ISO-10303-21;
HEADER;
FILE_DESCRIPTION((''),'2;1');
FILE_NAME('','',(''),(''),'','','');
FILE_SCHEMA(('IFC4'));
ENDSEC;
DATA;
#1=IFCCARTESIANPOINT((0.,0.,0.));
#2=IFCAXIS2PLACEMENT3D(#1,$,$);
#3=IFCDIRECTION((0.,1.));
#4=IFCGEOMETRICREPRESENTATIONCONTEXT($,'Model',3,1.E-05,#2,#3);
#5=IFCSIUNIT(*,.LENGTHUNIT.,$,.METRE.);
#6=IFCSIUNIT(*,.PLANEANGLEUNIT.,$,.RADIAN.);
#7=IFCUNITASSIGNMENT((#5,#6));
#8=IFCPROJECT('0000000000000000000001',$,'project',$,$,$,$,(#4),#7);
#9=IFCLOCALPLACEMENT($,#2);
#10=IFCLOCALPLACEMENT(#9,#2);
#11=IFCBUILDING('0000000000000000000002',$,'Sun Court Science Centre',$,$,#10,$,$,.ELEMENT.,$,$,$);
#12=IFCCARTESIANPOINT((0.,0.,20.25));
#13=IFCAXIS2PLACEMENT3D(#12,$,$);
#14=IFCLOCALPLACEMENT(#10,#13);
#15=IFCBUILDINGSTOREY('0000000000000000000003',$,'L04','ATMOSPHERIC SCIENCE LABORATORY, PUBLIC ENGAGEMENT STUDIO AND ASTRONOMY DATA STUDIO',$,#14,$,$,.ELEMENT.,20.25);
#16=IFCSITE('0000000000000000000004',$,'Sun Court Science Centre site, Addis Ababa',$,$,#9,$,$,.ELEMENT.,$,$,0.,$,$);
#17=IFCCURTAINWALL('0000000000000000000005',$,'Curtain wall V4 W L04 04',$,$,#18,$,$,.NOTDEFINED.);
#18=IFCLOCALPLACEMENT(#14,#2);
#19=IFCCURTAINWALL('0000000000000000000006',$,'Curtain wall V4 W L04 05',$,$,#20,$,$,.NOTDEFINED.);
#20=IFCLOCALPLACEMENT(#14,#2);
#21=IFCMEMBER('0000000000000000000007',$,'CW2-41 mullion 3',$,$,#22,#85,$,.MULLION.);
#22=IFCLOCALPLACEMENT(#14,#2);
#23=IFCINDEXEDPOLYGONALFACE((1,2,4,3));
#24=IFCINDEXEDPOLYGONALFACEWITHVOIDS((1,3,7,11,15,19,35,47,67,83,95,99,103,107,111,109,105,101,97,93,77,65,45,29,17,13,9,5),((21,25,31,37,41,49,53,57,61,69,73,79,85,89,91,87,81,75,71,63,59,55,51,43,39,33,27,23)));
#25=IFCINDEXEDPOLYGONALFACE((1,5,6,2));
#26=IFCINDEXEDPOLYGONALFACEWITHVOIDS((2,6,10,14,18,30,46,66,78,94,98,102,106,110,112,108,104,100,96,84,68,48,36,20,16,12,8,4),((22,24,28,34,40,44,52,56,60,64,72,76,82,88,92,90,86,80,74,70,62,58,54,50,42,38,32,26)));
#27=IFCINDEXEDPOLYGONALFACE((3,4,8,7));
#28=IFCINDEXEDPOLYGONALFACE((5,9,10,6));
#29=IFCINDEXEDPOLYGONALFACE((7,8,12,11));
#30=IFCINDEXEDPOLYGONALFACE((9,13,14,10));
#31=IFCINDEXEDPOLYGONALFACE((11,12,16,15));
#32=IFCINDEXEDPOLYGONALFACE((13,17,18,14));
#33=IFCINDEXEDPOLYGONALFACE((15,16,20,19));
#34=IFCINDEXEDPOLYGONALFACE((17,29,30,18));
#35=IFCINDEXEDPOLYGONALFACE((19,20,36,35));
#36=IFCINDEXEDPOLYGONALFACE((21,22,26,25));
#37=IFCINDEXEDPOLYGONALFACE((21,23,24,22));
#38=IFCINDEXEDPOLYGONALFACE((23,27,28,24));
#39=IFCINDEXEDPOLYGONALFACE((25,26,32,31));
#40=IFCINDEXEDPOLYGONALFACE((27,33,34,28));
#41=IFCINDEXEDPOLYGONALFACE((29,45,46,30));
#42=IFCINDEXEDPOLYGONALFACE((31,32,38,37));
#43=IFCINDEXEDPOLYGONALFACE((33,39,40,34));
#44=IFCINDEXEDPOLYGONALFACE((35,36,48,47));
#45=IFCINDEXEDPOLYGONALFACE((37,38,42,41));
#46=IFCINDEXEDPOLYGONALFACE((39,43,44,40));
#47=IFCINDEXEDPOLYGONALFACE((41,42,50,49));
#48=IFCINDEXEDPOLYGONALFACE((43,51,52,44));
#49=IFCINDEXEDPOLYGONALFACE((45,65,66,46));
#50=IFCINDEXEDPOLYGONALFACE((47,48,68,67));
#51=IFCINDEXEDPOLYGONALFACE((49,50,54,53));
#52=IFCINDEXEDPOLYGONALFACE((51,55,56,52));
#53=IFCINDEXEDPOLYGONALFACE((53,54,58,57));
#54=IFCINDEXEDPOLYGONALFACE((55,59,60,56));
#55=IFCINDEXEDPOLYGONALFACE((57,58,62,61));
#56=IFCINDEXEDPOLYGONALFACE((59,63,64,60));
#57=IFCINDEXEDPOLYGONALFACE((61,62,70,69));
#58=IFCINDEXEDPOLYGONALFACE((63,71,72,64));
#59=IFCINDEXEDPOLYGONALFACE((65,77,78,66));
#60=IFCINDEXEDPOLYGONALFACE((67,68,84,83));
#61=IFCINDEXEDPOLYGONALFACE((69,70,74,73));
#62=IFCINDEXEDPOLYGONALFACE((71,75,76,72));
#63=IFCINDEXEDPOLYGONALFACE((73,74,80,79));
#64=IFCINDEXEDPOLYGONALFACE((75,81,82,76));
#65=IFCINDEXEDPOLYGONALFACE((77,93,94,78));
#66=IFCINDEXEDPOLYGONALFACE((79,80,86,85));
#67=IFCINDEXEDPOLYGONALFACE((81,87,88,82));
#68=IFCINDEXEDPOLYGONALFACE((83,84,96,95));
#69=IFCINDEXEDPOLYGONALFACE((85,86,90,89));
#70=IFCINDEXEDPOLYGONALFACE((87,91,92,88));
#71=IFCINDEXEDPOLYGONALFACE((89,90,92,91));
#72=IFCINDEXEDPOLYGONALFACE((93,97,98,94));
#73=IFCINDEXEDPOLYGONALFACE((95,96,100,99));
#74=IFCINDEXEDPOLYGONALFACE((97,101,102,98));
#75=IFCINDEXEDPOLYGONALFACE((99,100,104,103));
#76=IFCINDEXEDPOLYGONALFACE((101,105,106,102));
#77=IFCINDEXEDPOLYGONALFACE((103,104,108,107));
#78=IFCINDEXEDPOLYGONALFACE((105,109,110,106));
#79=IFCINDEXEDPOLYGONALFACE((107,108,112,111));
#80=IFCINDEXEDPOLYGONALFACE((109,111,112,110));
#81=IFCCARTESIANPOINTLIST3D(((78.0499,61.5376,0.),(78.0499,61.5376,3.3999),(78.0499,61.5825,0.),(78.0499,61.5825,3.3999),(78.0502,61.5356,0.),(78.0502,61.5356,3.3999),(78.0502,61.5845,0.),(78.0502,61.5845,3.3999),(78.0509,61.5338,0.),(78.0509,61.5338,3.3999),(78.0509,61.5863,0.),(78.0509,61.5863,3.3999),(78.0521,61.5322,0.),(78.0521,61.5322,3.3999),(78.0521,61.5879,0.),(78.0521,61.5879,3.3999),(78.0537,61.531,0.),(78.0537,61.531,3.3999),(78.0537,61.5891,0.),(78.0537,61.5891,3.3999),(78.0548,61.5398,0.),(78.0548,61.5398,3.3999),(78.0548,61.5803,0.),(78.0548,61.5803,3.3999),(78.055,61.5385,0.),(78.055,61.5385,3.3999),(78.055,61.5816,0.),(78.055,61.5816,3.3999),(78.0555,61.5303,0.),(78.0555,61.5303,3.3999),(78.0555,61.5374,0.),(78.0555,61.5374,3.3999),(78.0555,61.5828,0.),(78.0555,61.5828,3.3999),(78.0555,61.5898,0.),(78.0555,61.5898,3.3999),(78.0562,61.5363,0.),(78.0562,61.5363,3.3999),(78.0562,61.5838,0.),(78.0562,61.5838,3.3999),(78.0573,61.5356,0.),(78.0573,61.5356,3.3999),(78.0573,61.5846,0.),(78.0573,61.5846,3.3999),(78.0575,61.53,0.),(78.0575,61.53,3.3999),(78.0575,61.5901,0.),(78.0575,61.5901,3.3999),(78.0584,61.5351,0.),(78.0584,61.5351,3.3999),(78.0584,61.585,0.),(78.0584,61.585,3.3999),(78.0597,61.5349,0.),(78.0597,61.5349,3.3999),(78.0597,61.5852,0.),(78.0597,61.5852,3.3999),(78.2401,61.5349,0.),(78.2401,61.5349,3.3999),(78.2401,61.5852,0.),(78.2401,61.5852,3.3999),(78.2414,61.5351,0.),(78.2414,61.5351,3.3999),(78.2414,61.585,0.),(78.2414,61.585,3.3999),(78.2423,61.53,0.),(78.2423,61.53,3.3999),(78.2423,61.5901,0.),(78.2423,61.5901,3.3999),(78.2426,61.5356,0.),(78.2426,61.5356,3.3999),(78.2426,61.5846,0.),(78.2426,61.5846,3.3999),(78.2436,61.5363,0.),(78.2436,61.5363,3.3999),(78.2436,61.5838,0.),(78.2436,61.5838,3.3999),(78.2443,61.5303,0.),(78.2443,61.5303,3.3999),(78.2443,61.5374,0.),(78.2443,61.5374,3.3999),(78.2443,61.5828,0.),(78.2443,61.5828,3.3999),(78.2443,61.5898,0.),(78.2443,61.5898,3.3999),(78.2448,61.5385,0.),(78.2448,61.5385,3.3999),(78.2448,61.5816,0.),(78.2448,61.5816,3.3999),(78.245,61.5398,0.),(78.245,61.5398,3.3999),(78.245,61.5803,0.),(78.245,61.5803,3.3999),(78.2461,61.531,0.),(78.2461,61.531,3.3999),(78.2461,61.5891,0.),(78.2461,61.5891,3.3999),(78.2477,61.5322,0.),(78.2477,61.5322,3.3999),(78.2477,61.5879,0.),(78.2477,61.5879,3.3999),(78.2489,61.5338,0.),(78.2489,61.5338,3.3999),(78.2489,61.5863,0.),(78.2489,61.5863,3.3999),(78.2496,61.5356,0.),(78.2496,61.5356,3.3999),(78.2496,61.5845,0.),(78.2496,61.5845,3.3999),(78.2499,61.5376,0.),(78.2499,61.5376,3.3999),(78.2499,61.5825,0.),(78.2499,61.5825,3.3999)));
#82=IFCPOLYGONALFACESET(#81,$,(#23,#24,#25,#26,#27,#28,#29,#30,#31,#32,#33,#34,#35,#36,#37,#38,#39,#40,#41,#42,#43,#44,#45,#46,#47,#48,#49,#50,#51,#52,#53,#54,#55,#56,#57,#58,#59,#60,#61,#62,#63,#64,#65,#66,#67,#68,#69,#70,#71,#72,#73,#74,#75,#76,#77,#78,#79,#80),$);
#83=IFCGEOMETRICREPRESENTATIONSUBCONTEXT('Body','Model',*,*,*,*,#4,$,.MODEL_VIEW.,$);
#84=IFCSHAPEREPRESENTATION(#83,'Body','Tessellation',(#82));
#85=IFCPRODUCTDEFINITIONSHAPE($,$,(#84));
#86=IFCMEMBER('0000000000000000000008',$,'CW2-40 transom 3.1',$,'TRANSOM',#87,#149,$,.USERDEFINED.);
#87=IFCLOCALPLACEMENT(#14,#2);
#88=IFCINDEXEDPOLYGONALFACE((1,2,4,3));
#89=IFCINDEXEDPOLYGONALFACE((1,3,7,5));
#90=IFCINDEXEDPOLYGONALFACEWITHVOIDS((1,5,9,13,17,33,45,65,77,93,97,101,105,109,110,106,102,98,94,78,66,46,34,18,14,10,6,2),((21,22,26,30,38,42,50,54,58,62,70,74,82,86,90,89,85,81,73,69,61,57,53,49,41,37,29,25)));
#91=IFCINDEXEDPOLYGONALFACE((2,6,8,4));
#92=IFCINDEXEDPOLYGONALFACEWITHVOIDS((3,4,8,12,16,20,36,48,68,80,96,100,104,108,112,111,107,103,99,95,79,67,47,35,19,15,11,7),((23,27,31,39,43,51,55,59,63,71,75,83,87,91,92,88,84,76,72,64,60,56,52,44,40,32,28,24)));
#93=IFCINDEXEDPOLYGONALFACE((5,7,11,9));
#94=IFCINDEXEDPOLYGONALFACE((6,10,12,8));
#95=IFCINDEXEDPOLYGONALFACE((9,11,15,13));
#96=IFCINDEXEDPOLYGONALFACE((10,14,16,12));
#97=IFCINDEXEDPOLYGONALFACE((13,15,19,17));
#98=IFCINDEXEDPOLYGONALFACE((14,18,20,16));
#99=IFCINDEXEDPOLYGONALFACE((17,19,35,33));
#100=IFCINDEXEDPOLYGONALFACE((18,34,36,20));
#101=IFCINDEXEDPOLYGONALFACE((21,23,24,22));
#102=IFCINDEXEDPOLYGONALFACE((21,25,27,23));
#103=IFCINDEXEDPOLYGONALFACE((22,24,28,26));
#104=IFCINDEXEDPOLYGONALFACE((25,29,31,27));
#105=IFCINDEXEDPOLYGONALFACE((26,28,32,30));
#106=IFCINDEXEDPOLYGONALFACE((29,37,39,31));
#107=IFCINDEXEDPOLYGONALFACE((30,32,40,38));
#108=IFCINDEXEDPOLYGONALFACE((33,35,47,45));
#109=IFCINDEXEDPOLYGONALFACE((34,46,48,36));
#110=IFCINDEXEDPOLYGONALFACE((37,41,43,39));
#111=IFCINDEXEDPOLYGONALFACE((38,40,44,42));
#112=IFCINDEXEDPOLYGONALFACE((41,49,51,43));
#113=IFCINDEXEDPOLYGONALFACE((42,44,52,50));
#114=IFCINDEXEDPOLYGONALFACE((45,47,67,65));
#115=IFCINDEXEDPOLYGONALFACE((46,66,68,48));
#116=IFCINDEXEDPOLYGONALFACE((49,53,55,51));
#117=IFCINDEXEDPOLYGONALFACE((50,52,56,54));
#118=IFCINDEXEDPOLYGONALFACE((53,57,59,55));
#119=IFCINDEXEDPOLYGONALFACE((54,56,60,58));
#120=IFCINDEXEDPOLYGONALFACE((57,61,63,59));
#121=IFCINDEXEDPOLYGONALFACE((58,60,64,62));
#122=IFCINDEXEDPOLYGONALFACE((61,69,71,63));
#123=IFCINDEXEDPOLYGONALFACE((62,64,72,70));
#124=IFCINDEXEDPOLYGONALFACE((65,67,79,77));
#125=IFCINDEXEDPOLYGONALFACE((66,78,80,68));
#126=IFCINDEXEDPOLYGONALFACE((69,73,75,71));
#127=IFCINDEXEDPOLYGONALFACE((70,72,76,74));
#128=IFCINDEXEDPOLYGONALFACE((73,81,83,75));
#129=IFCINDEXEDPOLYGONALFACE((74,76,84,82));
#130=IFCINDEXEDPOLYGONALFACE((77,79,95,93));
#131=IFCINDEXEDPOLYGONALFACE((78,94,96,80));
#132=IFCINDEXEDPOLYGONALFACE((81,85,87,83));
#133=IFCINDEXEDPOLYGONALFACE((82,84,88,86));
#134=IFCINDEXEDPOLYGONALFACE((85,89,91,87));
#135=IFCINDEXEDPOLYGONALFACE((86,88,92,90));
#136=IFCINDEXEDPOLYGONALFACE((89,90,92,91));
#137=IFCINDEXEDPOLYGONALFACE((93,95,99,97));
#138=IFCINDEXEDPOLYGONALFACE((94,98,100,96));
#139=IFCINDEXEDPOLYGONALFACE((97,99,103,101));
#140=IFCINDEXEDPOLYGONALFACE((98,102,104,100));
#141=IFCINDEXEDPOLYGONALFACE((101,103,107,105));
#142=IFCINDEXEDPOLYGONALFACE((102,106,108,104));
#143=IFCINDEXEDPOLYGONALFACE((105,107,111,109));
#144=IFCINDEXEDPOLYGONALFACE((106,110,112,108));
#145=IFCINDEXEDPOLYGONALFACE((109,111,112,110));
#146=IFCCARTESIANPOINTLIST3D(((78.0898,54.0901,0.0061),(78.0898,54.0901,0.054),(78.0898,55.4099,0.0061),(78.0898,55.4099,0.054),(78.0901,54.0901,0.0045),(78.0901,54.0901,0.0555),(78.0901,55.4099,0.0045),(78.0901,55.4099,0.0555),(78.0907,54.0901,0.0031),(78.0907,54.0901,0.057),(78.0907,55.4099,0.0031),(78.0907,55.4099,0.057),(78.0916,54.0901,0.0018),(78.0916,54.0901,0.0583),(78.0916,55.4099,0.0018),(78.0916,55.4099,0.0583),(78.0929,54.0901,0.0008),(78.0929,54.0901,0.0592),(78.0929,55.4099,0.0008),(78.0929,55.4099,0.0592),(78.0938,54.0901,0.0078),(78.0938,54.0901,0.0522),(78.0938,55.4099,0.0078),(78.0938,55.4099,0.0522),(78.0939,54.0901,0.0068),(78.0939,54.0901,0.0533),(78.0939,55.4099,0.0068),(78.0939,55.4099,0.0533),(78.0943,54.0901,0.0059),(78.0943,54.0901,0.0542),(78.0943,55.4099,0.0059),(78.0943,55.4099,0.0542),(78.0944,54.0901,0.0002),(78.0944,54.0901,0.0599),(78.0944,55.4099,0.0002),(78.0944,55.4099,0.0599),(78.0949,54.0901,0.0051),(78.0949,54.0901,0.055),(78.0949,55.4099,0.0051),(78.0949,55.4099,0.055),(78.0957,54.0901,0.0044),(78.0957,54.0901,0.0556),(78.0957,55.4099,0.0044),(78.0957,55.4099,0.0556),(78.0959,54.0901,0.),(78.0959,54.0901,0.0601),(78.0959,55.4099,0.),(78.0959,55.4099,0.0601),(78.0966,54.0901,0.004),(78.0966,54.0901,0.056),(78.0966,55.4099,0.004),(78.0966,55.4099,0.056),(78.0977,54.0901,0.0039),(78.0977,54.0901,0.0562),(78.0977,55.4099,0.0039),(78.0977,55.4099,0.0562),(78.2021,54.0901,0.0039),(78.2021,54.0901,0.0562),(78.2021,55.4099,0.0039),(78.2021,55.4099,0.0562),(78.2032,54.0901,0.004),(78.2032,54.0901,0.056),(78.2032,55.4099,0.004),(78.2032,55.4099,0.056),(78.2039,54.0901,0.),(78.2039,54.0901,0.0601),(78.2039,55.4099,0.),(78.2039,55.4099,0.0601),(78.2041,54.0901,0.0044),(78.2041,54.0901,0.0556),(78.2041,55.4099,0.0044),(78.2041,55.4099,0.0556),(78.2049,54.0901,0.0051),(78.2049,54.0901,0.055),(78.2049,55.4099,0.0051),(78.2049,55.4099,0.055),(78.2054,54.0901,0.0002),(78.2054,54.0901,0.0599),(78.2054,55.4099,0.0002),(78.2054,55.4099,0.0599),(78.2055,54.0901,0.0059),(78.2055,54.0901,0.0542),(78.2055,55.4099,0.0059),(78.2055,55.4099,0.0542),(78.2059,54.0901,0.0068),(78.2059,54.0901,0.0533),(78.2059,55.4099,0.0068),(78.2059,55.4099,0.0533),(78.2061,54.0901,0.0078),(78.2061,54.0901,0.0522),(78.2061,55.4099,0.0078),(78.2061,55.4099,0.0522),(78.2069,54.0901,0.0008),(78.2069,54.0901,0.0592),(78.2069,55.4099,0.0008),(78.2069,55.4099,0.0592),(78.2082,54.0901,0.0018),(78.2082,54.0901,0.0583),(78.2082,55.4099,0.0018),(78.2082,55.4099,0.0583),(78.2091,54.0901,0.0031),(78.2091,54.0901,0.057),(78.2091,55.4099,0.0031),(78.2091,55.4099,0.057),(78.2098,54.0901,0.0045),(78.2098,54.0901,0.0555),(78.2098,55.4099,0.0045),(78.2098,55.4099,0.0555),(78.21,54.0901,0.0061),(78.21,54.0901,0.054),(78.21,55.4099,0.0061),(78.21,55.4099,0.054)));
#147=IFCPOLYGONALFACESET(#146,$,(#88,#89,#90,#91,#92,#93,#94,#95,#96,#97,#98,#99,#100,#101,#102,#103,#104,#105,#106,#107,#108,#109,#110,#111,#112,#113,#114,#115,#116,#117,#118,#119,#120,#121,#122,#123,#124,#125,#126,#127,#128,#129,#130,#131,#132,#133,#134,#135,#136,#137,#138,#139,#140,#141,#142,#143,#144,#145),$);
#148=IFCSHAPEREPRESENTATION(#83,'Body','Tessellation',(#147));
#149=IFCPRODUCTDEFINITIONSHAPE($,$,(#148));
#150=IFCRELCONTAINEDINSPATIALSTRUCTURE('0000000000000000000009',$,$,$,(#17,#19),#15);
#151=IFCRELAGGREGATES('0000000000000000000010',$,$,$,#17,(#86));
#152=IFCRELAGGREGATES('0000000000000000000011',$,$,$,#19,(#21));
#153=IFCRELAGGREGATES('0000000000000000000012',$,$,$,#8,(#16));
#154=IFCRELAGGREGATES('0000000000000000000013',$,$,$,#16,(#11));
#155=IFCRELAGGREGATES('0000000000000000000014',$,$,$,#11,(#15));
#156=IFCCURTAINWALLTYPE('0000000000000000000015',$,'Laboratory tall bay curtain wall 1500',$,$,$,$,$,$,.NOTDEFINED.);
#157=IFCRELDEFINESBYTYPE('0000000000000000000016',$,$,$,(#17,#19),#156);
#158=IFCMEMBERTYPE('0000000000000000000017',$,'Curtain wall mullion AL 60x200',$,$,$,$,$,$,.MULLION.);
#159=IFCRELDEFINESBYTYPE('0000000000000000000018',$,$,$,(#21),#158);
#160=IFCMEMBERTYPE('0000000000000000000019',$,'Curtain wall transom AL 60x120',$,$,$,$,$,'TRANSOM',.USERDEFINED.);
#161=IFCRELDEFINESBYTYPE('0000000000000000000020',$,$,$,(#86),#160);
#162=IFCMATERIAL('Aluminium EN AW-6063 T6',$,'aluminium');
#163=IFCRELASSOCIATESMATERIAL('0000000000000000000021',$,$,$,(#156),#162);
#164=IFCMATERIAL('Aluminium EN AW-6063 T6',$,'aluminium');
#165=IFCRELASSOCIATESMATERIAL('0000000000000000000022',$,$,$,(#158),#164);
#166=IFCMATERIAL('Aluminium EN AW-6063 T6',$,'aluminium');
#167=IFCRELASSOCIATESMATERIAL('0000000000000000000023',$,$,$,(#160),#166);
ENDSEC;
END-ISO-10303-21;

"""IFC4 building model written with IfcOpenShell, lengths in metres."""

from ifc_helpers import new_model, si_unit, direction, frame, origin, origin_2d, place, context, subcontext, project, spatial, hollow_rectangle, extrude, material, material_profile, profile_set, type_object, element, aggregate, save


model = new_model("IFC4")

# Units and contexts
model_context = context("Model", 3, precision=1e-05, world=origin(), true_north=direction((0.0, 1.0)))
body_context = subcontext(model_context, "Body", "Model", "MODEL_VIEW")
ifc_project = project(units=[si_unit("LENGTHUNIT", "METRE"), si_unit("PLANEANGLEUNIT", "RADIAN")], contexts=[model_context])

# Site, building, storey
site_placement = place(None, origin())
site = spatial("IfcSite", under=ifc_project, at=site_placement, Name="Sun Court Science Centre site, Addis Ababa", CompositionType="ELEMENT", RefElevation=0.0)
building_placement = place(site_placement, origin())
building = spatial("IfcBuilding", under=site, at=building_placement, Name="Sun Court Science Centre", CompositionType="ELEMENT")
storey_placement = place(building_placement, frame((0.0, 0.0, 20.25)))
storey = spatial("IfcBuildingStorey", under=building, at=storey_placement, Name="L04", Description="ATMOSPHERIC SCIENCE LABORATORY, PUBLIC ENGAGEMENT STUDIO AND ASTRONOMY DATA STUDIO", CompositionType="ELEMENT", Elevation=20.25)

# Curtain walls, member
ifc_material_1 = material(Name="Aluminium EN AW-6063 T6", Category="aluminium")
curtain_wall_type = type_object("IfcCurtainWallType", Name="Laboratory tall bay curtain wall 1500", PredefinedType="NOTDEFINED", material=ifc_material_1)
curtain_wall_1_placement = place(storey_placement, origin())
curtain_wall_1 = element("IfcCurtainWall", 1, at=curtain_wall_1_placement, inside=storey, type_object=curtain_wall_type, Name="Curtain wall V4 W L04 04", PredefinedType="NOTDEFINED")
ifc_material_2 = material(Name="Aluminium EN AW-6063 T6", Category="aluminium")
ifc_material_profile_1 = material_profile(ifc_material_2, hollow_rectangle(XDim=0.0601, YDim=0.2, WallThickness=0.0049, InnerFilletRadius=0.0049, OuterFilletRadius=0.0076, at=origin_2d()), Name="AL 60x200x5")
ifc_profile_set_1 = profile_set([ifc_material_profile_1], Name="Aluminium EN AW-6063 T6")
member_type_1 = type_object("IfcMemberType", Name="Curtain wall mullion AL 60x200", PredefinedType="MULLION", material=ifc_profile_set_1)
curtain_wall_2_placement = place(storey_placement, origin())
curtain_wall_2 = element("IfcCurtainWall", 2, at=curtain_wall_2_placement, inside=storey, type_object=curtain_wall_type, Name="Curtain wall V4 W L04 05", PredefinedType="NOTDEFINED")
member_1_placement = place(storey_placement, frame((78.1499, 61.5601, 0.0), z_axis=(0.0, 0.0, 1.0), x_axis=(0.0, 1.0, 0.0)))
member_1 = element("IfcMember", 3, at=member_1_placement, type_object=member_type_1, Name="CW2-41 mullion 3", PredefinedType="MULLION", context=body_context, shape_type="SweptSolid", body=[
    extrude(hollow_rectangle(XDim=0.0601, YDim=0.2, WallThickness=0.0049, InnerFilletRadius=0.0049, OuterFilletRadius=0.0076, at=origin_2d()), origin(), (0.0, 0.0, 1.0), 3.3999),
])

# Member
ifc_material_3 = material(Name="Aluminium EN AW-6063 T6", Category="aluminium")
ifc_material_profile_2 = material_profile(ifc_material_3, hollow_rectangle(XDim=0.0601, YDim=0.1201, WallThickness=0.0039, InnerFilletRadius=0.0039, OuterFilletRadius=0.0061, at=origin_2d()), Name="AL 60x120x4")
ifc_profile_set_2 = profile_set([ifc_material_profile_2], Name="Aluminium EN AW-6063 T6")
member_type_2 = type_object("IfcMemberType", Name="Curtain wall transom AL 60x120", ElementType="TRANSOM", PredefinedType="USERDEFINED", material=ifc_profile_set_2)
member_2_placement = place(storey_placement, frame((78.1499, 54.0901, 0.03), z_axis=(0.0, 1.0, 0.0), x_axis=(0.0, 0.0, 1.0)))
member_2 = element("IfcMember", 4, at=member_2_placement, type_object=member_type_2, Name="CW2-40 transom 3.1", ObjectType="TRANSOM", PredefinedType="USERDEFINED", context=body_context, shape_type="SweptSolid", body=[
    extrude(hollow_rectangle(XDim=0.0601, YDim=0.1201, WallThickness=0.0039, InnerFilletRadius=0.0039, OuterFilletRadius=0.0061, at=origin_2d()), origin(), (0.0, 0.0, 1.0), 1.3198),
])

aggregate(curtain_wall_1, [member_2])
aggregate(curtain_wall_2, [member_1])

save(model, "model.ifc")
